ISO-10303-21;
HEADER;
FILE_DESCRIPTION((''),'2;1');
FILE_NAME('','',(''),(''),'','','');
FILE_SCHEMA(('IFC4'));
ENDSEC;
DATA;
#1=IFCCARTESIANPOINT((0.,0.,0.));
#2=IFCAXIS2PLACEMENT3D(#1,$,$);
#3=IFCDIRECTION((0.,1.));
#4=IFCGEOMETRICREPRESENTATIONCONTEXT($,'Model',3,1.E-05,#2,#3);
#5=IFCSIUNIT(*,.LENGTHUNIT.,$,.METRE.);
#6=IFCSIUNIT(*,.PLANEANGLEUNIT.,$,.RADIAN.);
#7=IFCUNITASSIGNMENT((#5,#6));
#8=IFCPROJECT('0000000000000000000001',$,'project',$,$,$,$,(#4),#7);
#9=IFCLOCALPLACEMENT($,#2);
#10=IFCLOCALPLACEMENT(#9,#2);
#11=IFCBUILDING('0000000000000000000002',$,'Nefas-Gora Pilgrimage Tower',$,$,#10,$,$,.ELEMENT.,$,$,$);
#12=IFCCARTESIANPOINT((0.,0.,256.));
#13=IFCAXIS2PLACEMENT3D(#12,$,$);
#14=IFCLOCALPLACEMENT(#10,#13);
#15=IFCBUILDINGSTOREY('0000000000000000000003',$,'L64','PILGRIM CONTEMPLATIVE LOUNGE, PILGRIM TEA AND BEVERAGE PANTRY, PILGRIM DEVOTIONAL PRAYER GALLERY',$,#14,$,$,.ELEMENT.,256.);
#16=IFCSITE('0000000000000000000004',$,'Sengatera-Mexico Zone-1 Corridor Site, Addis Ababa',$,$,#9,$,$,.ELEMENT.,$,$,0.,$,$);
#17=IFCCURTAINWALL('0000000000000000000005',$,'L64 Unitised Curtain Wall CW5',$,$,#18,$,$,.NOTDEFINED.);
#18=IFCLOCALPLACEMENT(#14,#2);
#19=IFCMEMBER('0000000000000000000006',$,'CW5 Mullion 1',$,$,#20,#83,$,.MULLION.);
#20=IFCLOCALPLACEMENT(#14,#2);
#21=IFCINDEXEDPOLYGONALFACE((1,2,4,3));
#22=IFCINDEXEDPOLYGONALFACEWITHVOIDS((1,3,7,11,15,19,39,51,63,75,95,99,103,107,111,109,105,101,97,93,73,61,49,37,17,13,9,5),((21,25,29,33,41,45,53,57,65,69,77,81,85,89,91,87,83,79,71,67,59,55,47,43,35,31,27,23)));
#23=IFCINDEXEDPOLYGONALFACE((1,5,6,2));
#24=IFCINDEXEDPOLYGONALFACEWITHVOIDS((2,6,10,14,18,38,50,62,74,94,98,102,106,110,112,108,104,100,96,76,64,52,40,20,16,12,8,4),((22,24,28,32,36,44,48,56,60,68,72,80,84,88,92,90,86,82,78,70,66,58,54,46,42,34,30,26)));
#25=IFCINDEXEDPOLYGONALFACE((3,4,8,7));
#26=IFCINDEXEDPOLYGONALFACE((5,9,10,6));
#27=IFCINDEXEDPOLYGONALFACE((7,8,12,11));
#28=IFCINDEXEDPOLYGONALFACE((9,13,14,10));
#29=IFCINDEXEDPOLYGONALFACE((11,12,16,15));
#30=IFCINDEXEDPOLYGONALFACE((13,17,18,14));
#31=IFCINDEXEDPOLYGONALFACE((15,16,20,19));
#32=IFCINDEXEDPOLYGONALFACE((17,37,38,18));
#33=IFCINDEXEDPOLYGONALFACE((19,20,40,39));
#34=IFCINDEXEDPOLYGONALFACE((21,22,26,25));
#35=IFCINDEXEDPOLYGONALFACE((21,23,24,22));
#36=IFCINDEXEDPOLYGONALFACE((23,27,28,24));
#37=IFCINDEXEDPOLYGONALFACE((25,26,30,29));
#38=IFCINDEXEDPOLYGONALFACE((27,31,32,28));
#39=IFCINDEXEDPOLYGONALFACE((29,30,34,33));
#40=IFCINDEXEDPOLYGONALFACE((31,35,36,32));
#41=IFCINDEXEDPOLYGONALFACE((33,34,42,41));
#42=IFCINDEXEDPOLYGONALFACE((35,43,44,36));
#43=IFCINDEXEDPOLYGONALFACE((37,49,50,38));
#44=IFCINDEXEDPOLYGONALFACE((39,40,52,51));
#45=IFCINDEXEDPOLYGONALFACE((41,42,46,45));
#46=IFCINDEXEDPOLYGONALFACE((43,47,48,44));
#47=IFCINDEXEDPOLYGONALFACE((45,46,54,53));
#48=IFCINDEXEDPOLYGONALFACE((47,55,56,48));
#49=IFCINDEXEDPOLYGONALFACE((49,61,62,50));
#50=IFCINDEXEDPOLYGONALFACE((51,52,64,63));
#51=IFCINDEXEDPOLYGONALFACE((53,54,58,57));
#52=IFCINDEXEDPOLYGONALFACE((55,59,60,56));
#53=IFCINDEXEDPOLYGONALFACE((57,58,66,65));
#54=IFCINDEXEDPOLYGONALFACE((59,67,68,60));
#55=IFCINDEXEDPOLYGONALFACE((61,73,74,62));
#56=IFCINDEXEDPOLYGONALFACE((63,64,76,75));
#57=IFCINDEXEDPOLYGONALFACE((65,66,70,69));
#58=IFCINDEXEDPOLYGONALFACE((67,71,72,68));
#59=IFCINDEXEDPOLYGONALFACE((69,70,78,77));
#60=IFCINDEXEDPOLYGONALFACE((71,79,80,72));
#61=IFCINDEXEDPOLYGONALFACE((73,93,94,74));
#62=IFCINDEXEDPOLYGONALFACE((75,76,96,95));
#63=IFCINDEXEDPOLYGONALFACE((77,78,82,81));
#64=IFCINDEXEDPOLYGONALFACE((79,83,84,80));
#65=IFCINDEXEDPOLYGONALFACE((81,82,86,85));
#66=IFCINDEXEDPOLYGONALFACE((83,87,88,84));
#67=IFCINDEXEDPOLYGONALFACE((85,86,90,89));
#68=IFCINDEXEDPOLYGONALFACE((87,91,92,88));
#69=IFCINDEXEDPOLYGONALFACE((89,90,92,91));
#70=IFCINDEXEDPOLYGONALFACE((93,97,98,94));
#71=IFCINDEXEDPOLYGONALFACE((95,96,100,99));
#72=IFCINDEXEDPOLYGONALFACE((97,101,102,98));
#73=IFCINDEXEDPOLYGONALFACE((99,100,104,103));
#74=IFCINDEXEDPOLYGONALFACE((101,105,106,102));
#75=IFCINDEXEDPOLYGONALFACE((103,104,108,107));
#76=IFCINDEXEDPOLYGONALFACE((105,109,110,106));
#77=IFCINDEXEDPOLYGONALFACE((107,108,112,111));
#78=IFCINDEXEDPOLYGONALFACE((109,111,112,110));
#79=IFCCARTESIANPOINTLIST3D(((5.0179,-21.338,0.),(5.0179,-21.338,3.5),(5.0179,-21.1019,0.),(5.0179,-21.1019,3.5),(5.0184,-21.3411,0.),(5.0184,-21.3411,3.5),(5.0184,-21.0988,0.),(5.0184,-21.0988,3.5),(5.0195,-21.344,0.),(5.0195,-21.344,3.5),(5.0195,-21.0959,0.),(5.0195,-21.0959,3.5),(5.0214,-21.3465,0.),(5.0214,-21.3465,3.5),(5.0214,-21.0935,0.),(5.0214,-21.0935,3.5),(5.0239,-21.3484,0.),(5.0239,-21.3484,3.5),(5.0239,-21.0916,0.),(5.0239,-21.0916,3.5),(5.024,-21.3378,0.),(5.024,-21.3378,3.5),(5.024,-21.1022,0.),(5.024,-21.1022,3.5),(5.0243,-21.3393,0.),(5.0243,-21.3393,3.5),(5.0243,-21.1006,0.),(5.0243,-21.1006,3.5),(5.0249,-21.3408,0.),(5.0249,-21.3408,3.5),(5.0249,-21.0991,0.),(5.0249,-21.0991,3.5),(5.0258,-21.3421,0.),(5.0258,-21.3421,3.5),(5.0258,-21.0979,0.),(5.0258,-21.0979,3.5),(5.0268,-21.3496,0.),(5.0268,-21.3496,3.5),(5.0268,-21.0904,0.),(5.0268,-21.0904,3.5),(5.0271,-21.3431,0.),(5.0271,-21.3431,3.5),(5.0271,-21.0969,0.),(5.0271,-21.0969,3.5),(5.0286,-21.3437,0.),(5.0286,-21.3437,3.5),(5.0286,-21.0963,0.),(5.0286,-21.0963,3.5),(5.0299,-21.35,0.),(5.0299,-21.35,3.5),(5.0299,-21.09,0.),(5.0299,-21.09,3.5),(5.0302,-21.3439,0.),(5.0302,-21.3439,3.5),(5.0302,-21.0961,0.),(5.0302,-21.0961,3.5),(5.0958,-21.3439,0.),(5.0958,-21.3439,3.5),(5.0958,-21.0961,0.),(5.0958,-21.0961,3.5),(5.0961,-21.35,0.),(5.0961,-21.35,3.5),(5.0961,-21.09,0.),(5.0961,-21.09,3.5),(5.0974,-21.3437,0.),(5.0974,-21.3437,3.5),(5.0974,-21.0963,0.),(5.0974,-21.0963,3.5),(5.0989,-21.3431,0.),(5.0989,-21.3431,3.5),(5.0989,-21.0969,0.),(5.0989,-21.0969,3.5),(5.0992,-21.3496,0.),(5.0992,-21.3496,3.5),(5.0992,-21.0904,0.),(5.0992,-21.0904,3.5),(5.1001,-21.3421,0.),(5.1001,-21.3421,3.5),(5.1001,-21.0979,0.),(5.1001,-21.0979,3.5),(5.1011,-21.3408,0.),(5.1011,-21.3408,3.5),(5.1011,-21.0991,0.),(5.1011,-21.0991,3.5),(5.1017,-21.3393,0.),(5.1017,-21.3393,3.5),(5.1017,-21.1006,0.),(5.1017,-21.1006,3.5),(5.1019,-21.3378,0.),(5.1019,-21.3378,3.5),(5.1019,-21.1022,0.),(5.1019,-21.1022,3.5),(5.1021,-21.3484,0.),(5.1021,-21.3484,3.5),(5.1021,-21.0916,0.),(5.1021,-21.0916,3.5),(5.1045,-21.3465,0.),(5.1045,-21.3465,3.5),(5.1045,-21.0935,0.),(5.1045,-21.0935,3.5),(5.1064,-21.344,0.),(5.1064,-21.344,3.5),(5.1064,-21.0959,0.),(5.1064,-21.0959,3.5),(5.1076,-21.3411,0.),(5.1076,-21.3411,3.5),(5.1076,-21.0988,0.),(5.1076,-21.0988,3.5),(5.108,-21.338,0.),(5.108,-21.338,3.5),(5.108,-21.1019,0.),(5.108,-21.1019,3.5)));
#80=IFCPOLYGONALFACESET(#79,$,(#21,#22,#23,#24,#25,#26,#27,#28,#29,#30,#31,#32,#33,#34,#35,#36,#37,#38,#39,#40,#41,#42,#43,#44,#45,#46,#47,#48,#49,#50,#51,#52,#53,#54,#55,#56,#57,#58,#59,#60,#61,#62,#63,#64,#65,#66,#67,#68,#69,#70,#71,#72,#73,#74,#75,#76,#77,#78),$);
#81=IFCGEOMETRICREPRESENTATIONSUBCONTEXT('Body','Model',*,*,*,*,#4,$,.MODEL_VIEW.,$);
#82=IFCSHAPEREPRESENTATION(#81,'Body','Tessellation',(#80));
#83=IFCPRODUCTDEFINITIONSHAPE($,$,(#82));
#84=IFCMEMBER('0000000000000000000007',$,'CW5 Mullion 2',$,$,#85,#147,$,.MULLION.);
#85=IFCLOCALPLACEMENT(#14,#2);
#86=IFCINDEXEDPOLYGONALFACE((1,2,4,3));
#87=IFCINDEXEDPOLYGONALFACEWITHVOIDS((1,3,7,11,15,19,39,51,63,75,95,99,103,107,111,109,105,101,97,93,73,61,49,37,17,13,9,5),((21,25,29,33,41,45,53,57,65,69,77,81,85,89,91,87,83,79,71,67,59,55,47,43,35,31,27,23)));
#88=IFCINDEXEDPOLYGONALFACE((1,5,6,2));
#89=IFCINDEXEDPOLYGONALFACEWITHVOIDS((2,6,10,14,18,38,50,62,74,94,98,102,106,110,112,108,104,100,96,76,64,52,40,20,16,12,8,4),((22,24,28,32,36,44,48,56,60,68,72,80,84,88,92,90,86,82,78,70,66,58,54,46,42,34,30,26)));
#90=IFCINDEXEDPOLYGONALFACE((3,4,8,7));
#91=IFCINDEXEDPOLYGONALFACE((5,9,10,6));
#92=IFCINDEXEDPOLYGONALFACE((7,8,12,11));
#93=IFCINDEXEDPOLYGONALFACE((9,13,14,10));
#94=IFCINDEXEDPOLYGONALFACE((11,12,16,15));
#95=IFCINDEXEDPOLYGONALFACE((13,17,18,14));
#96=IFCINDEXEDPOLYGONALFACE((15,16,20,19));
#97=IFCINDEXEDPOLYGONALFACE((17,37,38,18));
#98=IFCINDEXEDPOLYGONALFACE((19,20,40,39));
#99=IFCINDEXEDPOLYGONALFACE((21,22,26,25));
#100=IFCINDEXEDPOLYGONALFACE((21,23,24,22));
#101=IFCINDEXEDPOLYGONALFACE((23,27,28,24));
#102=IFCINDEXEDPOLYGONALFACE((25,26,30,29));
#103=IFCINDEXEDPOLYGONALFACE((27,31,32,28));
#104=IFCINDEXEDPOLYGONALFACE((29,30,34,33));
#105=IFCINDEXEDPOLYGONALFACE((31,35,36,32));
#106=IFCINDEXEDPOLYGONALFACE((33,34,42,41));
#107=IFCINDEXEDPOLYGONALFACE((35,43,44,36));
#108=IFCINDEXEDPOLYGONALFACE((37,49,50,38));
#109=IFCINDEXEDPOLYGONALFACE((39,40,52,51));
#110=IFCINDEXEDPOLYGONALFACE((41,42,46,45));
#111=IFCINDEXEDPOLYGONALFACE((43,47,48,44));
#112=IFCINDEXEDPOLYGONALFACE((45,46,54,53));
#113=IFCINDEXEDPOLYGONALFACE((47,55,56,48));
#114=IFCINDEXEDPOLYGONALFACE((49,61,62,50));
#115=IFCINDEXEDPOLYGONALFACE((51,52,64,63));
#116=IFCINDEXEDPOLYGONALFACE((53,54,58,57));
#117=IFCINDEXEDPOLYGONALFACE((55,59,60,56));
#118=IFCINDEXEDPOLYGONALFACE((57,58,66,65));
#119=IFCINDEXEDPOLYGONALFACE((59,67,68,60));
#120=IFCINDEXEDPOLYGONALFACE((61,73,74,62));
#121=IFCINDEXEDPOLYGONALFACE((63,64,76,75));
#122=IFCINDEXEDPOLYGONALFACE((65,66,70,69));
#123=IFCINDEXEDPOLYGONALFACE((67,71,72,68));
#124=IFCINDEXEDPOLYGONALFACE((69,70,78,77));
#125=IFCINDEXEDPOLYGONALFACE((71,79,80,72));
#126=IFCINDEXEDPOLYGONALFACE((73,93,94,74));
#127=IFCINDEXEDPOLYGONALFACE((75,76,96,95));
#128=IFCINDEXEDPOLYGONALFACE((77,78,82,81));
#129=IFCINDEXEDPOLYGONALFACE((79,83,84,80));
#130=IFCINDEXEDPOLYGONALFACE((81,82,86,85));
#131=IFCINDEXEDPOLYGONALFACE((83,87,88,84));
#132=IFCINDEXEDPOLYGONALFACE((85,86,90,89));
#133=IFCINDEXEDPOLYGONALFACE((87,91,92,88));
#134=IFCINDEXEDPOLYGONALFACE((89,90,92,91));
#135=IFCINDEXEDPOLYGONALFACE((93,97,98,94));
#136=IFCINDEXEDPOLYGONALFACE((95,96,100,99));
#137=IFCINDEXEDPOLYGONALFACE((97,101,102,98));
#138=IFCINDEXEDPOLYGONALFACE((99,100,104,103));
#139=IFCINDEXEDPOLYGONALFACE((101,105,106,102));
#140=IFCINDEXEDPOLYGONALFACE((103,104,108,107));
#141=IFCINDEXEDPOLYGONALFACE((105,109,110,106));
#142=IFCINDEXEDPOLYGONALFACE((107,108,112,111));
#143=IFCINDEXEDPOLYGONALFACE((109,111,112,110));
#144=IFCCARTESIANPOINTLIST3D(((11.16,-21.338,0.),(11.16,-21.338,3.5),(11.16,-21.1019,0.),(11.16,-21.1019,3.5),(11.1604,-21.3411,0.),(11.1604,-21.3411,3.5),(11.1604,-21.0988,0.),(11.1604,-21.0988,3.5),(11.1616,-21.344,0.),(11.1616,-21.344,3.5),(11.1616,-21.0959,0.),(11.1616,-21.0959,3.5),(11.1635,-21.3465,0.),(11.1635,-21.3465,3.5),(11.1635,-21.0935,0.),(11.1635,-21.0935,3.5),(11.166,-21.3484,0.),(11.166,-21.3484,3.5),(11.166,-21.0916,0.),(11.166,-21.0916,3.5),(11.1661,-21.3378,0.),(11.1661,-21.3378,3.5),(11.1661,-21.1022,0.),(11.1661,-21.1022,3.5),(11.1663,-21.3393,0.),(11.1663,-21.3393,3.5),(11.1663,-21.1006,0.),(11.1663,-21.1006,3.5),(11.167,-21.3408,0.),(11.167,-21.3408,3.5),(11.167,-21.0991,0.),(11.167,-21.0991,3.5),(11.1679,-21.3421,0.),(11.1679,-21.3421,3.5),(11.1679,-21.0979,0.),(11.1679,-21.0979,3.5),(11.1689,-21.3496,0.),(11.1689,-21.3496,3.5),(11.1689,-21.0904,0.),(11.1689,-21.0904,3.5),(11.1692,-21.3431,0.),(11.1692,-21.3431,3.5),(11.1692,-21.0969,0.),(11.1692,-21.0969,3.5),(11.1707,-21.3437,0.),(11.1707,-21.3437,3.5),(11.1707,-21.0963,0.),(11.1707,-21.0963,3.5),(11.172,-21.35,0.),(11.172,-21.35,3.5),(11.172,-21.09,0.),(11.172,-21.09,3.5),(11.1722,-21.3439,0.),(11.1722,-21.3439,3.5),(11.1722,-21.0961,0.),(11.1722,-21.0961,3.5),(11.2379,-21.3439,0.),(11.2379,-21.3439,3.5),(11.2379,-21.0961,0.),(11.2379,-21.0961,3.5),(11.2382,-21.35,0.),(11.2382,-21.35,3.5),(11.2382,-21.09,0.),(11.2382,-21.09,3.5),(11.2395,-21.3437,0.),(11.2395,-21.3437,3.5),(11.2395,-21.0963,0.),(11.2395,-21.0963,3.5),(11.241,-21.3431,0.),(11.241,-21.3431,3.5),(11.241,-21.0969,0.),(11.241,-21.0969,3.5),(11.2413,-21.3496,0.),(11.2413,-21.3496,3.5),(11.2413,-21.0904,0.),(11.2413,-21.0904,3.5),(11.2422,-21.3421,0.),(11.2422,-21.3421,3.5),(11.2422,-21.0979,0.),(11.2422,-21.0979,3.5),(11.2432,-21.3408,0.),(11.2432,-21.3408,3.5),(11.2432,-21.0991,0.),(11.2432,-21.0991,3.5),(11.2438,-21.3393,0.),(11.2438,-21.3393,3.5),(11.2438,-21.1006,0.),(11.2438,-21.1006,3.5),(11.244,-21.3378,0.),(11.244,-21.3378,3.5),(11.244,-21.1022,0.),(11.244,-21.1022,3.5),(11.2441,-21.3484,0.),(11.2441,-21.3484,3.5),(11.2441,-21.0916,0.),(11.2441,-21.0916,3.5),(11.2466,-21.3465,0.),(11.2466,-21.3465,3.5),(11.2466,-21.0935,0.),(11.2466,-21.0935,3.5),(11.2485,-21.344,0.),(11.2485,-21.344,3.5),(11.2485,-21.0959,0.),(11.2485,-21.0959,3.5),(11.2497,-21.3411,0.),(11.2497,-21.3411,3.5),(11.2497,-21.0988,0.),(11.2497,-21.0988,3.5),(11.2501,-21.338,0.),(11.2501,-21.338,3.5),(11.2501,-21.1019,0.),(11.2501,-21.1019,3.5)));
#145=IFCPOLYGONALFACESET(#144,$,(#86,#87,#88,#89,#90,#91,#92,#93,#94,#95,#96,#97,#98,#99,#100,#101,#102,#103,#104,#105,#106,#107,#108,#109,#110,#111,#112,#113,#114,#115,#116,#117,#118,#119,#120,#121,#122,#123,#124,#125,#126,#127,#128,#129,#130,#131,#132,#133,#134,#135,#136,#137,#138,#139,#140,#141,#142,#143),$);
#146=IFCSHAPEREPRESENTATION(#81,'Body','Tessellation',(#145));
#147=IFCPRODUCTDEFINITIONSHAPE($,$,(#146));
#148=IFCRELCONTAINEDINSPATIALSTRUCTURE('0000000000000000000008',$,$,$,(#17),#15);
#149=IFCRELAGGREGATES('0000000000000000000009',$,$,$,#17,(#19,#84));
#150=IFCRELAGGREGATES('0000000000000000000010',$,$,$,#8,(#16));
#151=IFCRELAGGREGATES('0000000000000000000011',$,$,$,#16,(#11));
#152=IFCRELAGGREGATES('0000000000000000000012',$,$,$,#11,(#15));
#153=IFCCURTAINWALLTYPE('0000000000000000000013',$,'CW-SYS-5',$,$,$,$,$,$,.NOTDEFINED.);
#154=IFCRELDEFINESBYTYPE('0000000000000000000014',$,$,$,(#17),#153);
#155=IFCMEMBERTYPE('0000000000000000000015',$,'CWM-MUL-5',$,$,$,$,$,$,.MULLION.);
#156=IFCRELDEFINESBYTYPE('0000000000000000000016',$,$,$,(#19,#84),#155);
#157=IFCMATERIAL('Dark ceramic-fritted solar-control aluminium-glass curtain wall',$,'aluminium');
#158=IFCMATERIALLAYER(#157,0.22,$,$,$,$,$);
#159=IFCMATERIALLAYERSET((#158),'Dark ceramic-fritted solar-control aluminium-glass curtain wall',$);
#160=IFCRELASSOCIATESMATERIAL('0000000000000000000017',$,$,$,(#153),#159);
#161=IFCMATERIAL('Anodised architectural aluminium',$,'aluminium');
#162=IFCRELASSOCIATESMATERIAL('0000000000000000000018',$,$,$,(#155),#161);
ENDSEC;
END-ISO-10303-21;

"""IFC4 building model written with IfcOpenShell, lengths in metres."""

from ifc_helpers import new_model, si_unit, direction, frame, origin, origin_2d, place, context, subcontext, project, spatial, hollow_rectangle, extrude, source, transform, mapped, material, layer, layer_set, material_profile, profile_set, type_object, element, aggregate, save


model = new_model("IFC4")

# Units and contexts
model_context = context("Model", 3, precision=1e-05, world=origin(), true_north=direction((0.0, 1.0)))
body_context = subcontext(model_context, "Body", "Model", "MODEL_VIEW")
ifc_project = project(units=[si_unit("LENGTHUNIT", "METRE"), si_unit("PLANEANGLEUNIT", "RADIAN")], contexts=[model_context])

# Site, building, storey
site_placement = place(None, origin())
site = spatial("IfcSite", under=ifc_project, at=site_placement, Name="Sengatera-Mexico Zone-1 Corridor Site, Addis Ababa", CompositionType="ELEMENT", RefElevation=0.0)
building_placement = place(site_placement, origin())
building = spatial("IfcBuilding", under=site, at=building_placement, Name="Nefas-Gora Pilgrimage Tower", CompositionType="ELEMENT")
storey_placement = place(building_placement, frame((0.0, 0.0, 256.0)))
storey = spatial("IfcBuildingStorey", under=building, at=storey_placement, Name="L64", Description="PILGRIM CONTEMPLATIVE LOUNGE, PILGRIM TEA AND BEVERAGE PANTRY, PILGRIM DEVOTIONAL PRAYER GALLERY", CompositionType="ELEMENT", Elevation=256.0)

# Curtain wall, members
ifc_material_1 = material(Name="Dark ceramic-fritted solar-control aluminium-glass curtain wall", Category="aluminium")
ifc_layer_1 = layer(ifc_material_1, 0.22)
ifc_layer_set_1 = layer_set([ifc_layer_1], Name="Dark ceramic-fritted solar-control aluminium-glass curtain wall")
curtain_wall_type = type_object("IfcCurtainWallType", Name="CW-SYS-5", PredefinedType="NOTDEFINED", material=ifc_layer_set_1)
curtain_wall_1_placement = place(storey_placement, origin())
curtain_wall_1 = element("IfcCurtainWall", 1, at=curtain_wall_1_placement, inside=storey, type_object=curtain_wall_type, Name="L64 Unitised Curtain Wall CW5", PredefinedType="NOTDEFINED")
ifc_material_2 = material(Name="Anodised architectural aluminium", Category="aluminium")
ifc_material_profile_1 = material_profile(ifc_material_2, hollow_rectangle(XDim=0.0901, YDim=0.26, WallThickness=0.0061, InnerFilletRadius=0.0061, OuterFilletRadius=0.012, at=origin_2d()), Name="ALU MULLION 90x260")
ifc_profile_set_1 = profile_set([ifc_material_profile_1], Name="Anodised architectural aluminium")
member_type_1 = type_object("IfcMemberType", Name="CWM-MUL-5", PredefinedType="MULLION", material=ifc_profile_set_1)
shared_shape_1 = source(origin(), body_context, "Body", "SweptSolid", [
    extrude(hollow_rectangle(XDim=0.0901, YDim=0.26, WallThickness=0.0061, InnerFilletRadius=0.0061, OuterFilletRadius=0.012, at=origin_2d()), origin(), (0.0, 0.0, 1.0), 3.5),
])
member_1_placement = place(storey_placement, frame((5.063, -21.22, 0.0), z_axis=(0.0, 0.0, 1.0), x_axis=(1.0, 0.0, 0.0)))
member_1 = element("IfcMember", 2, at=member_1_placement, type_object=member_type_1, Name="CW5 Mullion 1", PredefinedType="MULLION", context=body_context, shape_type="MappedRepresentation", body=[
    mapped(shared_shape_1, transform((0.0, 0.0, 0.0), x_axis=(1.0, 0.0, 0.0), y_axis=(0.0, 1.0, 0.0), z_axis=(0.0, 0.0, 1.0), scale=1.0)),
])
member_2_placement = place(storey_placement, frame((11.2051, -21.22, 0.0), z_axis=(0.0, 0.0, 1.0), x_axis=(1.0, 0.0, 0.0)))
member_2 = element("IfcMember", 3, at=member_2_placement, type_object=member_type_1, Name="CW5 Mullion 2", PredefinedType="MULLION", context=body_context, shape_type="MappedRepresentation", body=[
    mapped(shared_shape_1, transform((0.0, 0.0, 0.0), x_axis=(1.0, 0.0, 0.0), y_axis=(0.0, 1.0, 0.0), z_axis=(0.0, 0.0, 1.0), scale=1.0)),
])

aggregate(curtain_wall_1, [member_1, member_2])

save(model, "model.ifc")
